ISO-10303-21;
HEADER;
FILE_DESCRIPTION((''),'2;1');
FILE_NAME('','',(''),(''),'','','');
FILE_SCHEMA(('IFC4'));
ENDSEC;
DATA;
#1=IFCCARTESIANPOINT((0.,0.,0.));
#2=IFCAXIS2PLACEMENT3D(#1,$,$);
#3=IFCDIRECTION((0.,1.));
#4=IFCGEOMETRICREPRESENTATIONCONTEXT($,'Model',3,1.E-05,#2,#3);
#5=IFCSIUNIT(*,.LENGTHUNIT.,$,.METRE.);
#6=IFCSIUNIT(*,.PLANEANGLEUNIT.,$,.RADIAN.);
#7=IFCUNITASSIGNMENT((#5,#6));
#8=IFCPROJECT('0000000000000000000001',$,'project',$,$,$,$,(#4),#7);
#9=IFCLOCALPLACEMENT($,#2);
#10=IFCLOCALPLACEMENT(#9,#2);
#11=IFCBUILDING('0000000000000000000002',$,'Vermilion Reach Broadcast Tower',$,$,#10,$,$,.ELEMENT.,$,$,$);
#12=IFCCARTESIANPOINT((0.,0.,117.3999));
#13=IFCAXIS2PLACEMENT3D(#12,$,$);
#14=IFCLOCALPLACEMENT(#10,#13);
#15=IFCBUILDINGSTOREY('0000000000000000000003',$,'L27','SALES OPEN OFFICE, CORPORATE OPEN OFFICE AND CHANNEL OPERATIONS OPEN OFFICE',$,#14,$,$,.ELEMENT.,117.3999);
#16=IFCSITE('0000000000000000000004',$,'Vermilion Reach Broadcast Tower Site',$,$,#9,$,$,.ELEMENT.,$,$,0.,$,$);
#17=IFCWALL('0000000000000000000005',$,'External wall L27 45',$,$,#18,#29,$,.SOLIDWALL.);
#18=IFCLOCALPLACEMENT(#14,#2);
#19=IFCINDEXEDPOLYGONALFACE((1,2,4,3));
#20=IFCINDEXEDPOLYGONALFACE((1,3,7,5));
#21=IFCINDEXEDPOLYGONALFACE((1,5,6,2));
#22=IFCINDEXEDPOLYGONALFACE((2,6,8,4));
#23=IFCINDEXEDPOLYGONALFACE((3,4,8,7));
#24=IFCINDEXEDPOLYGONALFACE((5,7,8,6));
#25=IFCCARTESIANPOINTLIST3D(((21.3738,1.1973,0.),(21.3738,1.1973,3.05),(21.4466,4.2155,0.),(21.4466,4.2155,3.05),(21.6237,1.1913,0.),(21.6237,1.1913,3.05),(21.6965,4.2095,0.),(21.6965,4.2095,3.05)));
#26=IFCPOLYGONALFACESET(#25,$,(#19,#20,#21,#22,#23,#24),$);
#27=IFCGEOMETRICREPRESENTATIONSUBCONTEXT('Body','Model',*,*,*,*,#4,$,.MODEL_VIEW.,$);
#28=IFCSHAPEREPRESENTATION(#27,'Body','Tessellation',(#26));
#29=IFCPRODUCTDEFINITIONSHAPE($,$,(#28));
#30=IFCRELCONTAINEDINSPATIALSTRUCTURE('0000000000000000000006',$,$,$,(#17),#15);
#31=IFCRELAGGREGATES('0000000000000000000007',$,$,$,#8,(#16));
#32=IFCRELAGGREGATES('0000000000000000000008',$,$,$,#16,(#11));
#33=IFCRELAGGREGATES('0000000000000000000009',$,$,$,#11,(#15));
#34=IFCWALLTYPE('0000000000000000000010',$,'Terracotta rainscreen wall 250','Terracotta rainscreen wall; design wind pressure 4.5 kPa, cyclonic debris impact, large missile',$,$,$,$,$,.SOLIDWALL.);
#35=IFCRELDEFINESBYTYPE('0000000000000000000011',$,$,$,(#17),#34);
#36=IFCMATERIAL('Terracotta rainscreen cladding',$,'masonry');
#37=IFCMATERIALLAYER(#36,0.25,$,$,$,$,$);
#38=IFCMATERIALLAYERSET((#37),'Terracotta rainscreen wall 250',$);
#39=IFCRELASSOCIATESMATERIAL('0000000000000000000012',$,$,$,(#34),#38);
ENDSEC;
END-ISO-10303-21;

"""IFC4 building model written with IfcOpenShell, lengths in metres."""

from ifc_helpers import new_model, si_unit, direction, frame, frame_2d, origin, place, context, subcontext, project, spatial, rectangle, extrude, material, layer, layer_set, type_object, element, save


model = new_model("IFC4")

# Units and contexts
model_context = context("Model", 3, precision=1e-05, world=origin(), true_north=direction((0.0, 1.0)))
body_context = subcontext(model_context, "Body", "Model", "MODEL_VIEW")
ifc_project = project(units=[si_unit("LENGTHUNIT", "METRE"), si_unit("PLANEANGLEUNIT", "RADIAN")], contexts=[model_context])

# Site, building, storey
site_placement = place(None, origin())
site = spatial("IfcSite", under=ifc_project, at=site_placement, Name="Vermilion Reach Broadcast Tower Site", CompositionType="ELEMENT", RefElevation=0.0)
building_placement = place(site_placement, origin())
building = spatial("IfcBuilding", under=site, at=building_placement, Name="Vermilion Reach Broadcast Tower", CompositionType="ELEMENT")
storey_placement = place(building_placement, frame((0.0, 0.0, 117.3999)))
storey = spatial("IfcBuildingStorey", under=building, at=storey_placement, Name="L27", Description="SALES OPEN OFFICE, CORPORATE OPEN OFFICE AND CHANNEL OPERATIONS OPEN OFFICE", CompositionType="ELEMENT", Elevation=117.3999)

# Wall
ifc_material_1 = material(Name="Terracotta rainscreen cladding", Category="masonry")
ifc_layer_1 = layer(ifc_material_1, 0.25)
ifc_layer_set_1 = layer_set([ifc_layer_1], Name="Terracotta rainscreen wall 250")
wall_type_1 = type_object("IfcWallType", Name="Terracotta rainscreen wall 250", Description="Terracotta rainscreen wall; design wind pressure 4.5 kPa, cyclonic debris impact, large missile", PredefinedType="SOLIDWALL", material=ifc_layer_set_1)
wall_1_placement = place(storey_placement, frame((21.4988, 1.1943, 0.0), z_axis=(0.0, 0.0, 1.0), x_axis=(0.024099, 0.99971, 0.0)))
element("IfcWall", 1, at=wall_1_placement, inside=storey, type_object=wall_type_1, Name="External wall L27 45", PredefinedType="SOLIDWALL", context=body_context, shape_type="SweptSolid", body=[
    extrude(rectangle(XDim=3.019, YDim=0.25, at=frame_2d((1.5095, 0.0))), origin(), (0.0, 0.0, 1.0), 3.05),
])

save(model, "model.ifc")
